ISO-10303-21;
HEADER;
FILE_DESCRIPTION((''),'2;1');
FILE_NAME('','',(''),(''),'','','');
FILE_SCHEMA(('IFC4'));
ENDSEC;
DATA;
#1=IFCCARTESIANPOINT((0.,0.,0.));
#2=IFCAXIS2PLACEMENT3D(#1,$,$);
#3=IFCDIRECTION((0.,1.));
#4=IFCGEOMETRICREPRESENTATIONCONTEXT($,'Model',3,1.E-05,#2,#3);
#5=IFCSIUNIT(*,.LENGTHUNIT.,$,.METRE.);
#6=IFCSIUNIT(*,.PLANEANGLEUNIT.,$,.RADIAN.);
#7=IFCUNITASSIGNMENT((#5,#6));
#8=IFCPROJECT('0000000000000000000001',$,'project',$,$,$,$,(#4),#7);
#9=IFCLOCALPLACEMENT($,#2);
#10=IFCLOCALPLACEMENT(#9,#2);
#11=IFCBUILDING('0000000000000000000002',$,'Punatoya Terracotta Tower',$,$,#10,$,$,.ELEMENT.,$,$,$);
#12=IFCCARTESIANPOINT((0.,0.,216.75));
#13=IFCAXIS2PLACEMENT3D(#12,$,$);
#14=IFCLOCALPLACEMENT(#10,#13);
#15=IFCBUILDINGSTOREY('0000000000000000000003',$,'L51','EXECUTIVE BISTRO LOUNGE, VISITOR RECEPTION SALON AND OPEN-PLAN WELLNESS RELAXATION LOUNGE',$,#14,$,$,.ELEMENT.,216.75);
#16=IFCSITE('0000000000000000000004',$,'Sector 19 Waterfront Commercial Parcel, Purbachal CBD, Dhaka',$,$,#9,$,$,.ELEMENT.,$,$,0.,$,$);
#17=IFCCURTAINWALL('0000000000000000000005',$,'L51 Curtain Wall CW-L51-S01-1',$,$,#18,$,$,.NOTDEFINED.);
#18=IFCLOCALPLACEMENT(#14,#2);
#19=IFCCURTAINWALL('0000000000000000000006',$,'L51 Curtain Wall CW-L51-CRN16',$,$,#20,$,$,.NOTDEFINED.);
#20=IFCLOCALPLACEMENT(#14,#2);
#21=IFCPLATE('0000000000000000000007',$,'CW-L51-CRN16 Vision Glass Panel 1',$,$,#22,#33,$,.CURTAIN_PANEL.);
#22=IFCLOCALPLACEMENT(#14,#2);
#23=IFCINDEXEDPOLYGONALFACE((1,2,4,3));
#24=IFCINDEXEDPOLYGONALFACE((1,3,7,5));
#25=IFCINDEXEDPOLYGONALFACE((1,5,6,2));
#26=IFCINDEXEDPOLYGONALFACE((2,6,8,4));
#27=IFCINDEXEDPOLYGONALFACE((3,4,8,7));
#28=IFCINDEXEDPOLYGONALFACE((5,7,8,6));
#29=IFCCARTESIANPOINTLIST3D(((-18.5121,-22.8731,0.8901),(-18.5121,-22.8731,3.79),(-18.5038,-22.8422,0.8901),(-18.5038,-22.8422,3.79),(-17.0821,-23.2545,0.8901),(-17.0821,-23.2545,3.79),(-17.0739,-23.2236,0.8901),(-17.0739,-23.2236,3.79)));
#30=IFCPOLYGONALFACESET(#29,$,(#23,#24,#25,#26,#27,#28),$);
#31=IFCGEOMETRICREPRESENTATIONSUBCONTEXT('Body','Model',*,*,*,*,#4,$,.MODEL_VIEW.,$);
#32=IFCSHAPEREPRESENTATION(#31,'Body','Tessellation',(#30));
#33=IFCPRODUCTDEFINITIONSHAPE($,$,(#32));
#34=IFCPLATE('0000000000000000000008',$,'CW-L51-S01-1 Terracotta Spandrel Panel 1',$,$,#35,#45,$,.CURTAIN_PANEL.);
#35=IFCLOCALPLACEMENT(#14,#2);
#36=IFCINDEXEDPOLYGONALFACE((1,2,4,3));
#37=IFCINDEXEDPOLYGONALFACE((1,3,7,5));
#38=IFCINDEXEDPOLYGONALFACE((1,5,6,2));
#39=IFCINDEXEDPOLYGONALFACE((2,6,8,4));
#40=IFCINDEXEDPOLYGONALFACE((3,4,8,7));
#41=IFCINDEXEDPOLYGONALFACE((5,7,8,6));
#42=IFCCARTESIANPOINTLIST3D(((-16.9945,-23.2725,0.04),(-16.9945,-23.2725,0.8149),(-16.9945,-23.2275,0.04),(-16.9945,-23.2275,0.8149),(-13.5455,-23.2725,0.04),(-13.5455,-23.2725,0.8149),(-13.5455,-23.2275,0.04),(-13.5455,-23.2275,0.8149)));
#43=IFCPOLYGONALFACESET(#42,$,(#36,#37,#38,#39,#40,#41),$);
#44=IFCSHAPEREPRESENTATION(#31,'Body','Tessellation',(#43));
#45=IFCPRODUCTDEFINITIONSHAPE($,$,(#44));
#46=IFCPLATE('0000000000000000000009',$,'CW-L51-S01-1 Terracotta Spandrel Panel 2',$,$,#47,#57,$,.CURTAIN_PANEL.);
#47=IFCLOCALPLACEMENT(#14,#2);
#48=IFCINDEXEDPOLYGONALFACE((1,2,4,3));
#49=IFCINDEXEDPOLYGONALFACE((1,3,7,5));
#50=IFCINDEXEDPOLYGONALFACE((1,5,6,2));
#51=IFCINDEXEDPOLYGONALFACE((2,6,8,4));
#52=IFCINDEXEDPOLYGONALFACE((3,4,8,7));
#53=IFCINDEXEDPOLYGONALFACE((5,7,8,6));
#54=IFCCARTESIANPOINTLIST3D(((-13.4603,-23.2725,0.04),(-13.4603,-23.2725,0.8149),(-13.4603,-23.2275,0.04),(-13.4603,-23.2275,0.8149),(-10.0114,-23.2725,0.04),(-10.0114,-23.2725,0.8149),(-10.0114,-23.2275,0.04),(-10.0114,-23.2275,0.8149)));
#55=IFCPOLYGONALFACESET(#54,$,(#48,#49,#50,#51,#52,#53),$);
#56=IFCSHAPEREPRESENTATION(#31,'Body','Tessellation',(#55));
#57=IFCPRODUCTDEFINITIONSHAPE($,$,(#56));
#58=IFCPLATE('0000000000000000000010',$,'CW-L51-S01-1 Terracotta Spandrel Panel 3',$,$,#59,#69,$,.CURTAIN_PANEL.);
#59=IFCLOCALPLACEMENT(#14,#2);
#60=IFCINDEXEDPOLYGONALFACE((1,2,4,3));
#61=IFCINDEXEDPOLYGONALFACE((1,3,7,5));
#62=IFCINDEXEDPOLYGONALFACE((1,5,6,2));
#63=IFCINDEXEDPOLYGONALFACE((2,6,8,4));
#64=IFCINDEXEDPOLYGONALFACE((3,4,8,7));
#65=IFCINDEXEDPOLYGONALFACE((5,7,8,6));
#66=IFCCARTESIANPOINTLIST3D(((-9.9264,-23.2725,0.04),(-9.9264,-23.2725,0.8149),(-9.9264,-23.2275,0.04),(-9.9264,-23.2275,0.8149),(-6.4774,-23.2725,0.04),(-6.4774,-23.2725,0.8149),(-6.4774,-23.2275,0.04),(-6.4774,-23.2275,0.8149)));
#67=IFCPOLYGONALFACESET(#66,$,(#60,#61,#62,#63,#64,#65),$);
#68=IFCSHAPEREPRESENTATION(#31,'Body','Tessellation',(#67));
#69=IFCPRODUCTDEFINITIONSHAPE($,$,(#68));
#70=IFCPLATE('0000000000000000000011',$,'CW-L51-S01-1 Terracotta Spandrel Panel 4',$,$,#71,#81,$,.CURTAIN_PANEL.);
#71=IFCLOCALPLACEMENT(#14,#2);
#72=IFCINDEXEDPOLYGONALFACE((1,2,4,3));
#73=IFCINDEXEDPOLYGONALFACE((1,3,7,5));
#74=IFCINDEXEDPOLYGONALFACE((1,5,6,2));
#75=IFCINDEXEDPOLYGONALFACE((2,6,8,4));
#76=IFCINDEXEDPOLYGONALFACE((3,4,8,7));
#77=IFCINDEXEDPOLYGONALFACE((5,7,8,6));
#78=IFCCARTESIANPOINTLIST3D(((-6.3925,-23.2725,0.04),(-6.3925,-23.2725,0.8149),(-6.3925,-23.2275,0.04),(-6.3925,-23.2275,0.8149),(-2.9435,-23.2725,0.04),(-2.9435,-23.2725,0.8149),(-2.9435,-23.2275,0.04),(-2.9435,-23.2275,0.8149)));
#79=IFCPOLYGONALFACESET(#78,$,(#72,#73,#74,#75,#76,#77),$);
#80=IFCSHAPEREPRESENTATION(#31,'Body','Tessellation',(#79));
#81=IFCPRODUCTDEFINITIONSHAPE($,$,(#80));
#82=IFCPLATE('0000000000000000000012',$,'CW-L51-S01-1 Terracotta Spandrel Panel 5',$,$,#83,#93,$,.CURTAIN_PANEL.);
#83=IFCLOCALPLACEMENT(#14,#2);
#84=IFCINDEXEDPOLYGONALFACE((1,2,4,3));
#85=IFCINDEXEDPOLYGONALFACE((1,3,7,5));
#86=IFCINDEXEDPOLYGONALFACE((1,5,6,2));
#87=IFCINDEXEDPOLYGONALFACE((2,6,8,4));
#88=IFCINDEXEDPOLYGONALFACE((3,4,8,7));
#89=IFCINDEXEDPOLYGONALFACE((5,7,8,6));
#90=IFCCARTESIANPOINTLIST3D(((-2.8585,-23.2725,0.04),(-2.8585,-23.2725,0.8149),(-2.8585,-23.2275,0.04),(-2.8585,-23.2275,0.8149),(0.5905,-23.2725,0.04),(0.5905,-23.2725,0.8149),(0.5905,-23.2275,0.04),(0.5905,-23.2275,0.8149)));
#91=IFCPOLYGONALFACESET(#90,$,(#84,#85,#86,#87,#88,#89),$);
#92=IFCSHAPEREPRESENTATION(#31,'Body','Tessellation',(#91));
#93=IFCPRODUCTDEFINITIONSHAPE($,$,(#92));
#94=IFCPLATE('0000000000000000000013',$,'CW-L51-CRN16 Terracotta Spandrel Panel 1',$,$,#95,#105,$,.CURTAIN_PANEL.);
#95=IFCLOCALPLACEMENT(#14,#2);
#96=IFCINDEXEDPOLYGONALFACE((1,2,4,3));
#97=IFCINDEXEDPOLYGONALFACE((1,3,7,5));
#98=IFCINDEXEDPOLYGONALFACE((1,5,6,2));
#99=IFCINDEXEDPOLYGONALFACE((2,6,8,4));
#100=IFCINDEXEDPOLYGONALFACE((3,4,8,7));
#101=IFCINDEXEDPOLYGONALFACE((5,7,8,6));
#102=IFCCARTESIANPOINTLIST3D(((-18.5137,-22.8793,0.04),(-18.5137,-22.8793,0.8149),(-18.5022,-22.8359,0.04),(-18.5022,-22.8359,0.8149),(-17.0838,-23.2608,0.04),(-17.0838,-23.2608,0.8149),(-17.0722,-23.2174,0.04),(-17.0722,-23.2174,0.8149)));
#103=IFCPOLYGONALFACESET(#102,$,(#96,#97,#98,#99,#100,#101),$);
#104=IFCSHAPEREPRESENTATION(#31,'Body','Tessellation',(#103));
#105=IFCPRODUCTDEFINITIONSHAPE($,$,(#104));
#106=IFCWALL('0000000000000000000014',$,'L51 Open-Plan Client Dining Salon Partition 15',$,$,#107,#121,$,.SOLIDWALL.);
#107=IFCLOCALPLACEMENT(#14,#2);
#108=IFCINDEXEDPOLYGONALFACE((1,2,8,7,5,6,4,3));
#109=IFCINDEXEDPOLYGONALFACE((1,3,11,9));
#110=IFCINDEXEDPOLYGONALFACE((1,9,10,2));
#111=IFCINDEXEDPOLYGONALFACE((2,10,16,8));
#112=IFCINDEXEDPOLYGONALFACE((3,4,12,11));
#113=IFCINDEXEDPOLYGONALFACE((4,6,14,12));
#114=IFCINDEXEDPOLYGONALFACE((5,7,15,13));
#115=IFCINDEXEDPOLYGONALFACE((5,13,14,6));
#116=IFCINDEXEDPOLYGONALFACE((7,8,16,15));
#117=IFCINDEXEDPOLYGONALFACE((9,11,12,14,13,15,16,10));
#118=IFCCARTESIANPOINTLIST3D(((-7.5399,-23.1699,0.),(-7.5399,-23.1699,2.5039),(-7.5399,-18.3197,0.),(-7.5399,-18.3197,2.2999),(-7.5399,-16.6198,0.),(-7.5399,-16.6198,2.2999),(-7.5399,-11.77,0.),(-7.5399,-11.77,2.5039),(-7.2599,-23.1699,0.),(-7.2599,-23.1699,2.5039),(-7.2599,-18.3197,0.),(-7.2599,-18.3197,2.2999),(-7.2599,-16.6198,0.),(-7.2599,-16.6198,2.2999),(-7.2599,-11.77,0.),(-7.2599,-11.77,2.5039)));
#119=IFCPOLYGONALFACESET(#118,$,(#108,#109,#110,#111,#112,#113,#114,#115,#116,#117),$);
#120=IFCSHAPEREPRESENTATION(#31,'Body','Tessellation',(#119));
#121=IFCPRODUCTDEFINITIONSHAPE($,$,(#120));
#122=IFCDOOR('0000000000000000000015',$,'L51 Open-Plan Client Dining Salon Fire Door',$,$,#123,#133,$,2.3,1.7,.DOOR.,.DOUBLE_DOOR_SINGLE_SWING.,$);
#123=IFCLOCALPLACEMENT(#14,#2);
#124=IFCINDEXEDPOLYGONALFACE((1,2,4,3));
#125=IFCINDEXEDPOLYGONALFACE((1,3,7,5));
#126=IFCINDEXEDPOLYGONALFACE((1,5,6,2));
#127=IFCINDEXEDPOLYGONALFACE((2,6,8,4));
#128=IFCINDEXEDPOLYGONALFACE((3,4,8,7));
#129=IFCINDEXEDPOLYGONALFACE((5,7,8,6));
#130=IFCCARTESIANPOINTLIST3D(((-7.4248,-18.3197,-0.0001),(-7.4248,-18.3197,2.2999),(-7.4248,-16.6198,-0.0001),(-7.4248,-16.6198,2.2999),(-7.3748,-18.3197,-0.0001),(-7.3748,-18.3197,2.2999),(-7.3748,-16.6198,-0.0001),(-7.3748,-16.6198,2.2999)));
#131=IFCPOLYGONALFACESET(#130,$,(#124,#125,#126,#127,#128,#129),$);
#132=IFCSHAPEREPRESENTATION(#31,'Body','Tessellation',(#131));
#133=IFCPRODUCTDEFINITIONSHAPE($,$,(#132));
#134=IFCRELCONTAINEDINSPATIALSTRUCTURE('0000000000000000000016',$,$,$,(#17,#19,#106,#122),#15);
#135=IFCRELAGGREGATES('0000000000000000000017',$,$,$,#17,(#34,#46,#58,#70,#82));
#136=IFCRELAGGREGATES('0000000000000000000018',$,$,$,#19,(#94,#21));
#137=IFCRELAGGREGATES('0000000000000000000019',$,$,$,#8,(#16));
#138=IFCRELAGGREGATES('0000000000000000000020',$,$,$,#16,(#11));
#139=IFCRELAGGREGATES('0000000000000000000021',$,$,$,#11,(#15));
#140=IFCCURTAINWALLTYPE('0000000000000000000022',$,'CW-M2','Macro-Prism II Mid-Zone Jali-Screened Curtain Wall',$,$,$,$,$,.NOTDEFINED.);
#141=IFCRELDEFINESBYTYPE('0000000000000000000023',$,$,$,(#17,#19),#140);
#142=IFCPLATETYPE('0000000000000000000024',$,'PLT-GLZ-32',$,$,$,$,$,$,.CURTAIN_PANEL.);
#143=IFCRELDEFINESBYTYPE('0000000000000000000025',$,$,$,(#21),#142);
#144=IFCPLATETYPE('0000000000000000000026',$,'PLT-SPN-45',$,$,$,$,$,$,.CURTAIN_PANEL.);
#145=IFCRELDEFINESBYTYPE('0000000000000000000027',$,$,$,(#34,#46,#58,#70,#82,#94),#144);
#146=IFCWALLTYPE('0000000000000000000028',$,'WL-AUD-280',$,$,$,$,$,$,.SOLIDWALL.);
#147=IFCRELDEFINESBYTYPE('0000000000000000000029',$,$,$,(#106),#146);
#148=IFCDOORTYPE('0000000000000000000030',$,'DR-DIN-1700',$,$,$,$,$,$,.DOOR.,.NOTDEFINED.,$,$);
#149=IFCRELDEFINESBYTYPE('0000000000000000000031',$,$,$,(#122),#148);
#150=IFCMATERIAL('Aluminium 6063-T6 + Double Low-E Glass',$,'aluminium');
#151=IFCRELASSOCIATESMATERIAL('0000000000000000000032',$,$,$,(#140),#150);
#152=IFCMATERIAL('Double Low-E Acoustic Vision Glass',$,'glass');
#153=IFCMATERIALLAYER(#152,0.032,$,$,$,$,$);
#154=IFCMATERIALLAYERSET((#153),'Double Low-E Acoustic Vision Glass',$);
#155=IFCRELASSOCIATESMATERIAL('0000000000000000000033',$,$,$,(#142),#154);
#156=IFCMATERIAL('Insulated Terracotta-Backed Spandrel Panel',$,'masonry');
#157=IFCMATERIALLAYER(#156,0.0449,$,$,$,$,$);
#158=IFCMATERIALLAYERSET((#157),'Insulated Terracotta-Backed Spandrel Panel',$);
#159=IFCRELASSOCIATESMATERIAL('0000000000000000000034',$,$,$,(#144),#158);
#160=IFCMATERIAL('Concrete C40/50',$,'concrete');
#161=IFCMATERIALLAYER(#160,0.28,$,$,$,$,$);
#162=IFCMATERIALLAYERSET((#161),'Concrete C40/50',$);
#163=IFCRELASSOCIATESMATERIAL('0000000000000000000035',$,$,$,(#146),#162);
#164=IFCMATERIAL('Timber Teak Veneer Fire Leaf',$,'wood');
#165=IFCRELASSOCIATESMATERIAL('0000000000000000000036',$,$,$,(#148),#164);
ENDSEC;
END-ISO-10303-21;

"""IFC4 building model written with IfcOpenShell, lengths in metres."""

from ifc_helpers import new_model, si_unit, direction, frame, frame_2d, origin, origin_2d, place, context, subcontext, project, spatial, rectangle, extrude, material, layer, layer_set, type_object, element, fill, aggregate, save


model = new_model("IFC4")

# Units and contexts
model_context = context("Model", 3, precision=1e-05, world=origin(), true_north=direction((0.0, 1.0)))
body_context = subcontext(model_context, "Body", "Model", "MODEL_VIEW")
ifc_project = project(units=[si_unit("LENGTHUNIT", "METRE"), si_unit("PLANEANGLEUNIT", "RADIAN")], contexts=[model_context])

# Site, building, storey
site_placement = place(None, origin())
site = spatial("IfcSite", under=ifc_project, at=site_placement, Name="Sector 19 Waterfront Commercial Parcel, Purbachal CBD, Dhaka", CompositionType="ELEMENT", RefElevation=0.0)
building_placement = place(site_placement, origin())
building = spatial("IfcBuilding", under=site, at=building_placement, Name="Punatoya Terracotta Tower", CompositionType="ELEMENT")
storey_placement = place(building_placement, frame((0.0, 0.0, 216.75)))
storey = spatial("IfcBuildingStorey", under=building, at=storey_placement, Name="L51", Description="EXECUTIVE BISTRO LOUNGE, VISITOR RECEPTION SALON AND OPEN-PLAN WELLNESS RELAXATION LOUNGE", CompositionType="ELEMENT", Elevation=216.75)

# Curtain wall
ifc_material_1 = material(Name="Aluminium 6063-T6 + Double Low-E Glass", Category="aluminium")
curtain_wall_type = type_object("IfcCurtainWallType", Name="CW-M2", Description="Macro-Prism II Mid-Zone Jali-Screened Curtain Wall", PredefinedType="NOTDEFINED", material=ifc_material_1)
curtain_wall_1_placement = place(storey_placement, origin())
curtain_wall_1 = element("IfcCurtainWall", 1, at=curtain_wall_1_placement, inside=storey, type_object=curtain_wall_type, Name="L51 Curtain Wall CW-L51-S01-1", PredefinedType="NOTDEFINED")

# Curtain wall
curtain_wall_2_placement = place(storey_placement, origin())
curtain_wall_2 = element("IfcCurtainWall", 2, at=curtain_wall_2_placement, inside=storey, type_object=curtain_wall_type, Name="L51 Curtain Wall CW-L51-CRN16", PredefinedType="NOTDEFINED")

# Plates
ifc_material_2 = material(Name="Double Low-E Acoustic Vision Glass", Category="glass")
ifc_layer_1 = layer(ifc_material_2, 0.032)
ifc_layer_set_1 = layer_set([ifc_layer_1], Name="Double Low-E Acoustic Vision Glass")
plate_type_1 = type_object("IfcPlateType", Name="PLT-GLZ-32", PredefinedType="CURTAIN_PANEL", material=ifc_layer_set_1)
plate_1_placement = place(storey_placement, frame((-17.793, -23.0483, 0.8901), z_axis=(0.0, 0.0, 1.0), x_axis=(0.966214, -0.257742, 0.0)))
plate_1 = element("IfcPlate", 3, at=plate_1_placement, type_object=plate_type_1, Name="CW-L51-CRN16 Vision Glass Panel 1", PredefinedType="CURTAIN_PANEL", context=body_context, shape_type="SweptSolid", body=[
    extrude(rectangle(XDim=1.48, YDim=0.032, at=origin_2d()), origin(), (0.0, 0.0, 1.0), 2.8999),
])
ifc_material_3 = material(Name="Insulated Terracotta-Backed Spandrel Panel", Category="masonry")
ifc_layer_2 = layer(ifc_material_3, 0.0449)
ifc_layer_set_2 = layer_set([ifc_layer_2], Name="Insulated Terracotta-Backed Spandrel Panel")
plate_type_2 = type_object("IfcPlateType", Name="PLT-SPN-45", PredefinedType="CURTAIN_PANEL", material=ifc_layer_set_2)
plate_2_placement = place(storey_placement, frame((-15.27, -23.25, 0.04), z_axis=(0.0, 0.0, 1.0), x_axis=(1.0, 0.0, 0.0)))
plate_2 = element("IfcPlate", 4, at=plate_2_placement, type_object=plate_type_2, Name="CW-L51-S01-1 Terracotta Spandrel Panel 1", PredefinedType="CURTAIN_PANEL", context=body_context, shape_type="SweptSolid", body=[
    extrude(rectangle(XDim=3.449, YDim=0.0449, at=origin_2d()), origin(), (0.0, 0.0, 1.0), 0.7749),
])
plate_3_placement = place(storey_placement, frame((-11.7358, -23.25, 0.04), z_axis=(0.0, 0.0, 1.0), x_axis=(1.0, 0.0, 0.0)))
plate_3 = element("IfcPlate", 5, at=plate_3_placement, type_object=plate_type_2, Name="CW-L51-S01-1 Terracotta Spandrel Panel 2", PredefinedType="CURTAIN_PANEL", context=body_context, shape_type="SweptSolid", body=[
    extrude(rectangle(XDim=3.449, YDim=0.0449, at=origin_2d()), origin(), (0.0, 0.0, 1.0), 0.7749),
])
plate_4_placement = place(storey_placement, frame((-8.2019, -23.25, 0.04), z_axis=(0.0, 0.0, 1.0), x_axis=(1.0, 0.0, 0.0)))
plate_4 = element("IfcPlate", 6, at=plate_4_placement, type_object=plate_type_2, Name="CW-L51-S01-1 Terracotta Spandrel Panel 3", PredefinedType="CURTAIN_PANEL", context=body_context, shape_type="SweptSolid", body=[
    extrude(rectangle(XDim=3.449, YDim=0.0449, at=origin_2d()), origin(), (0.0, 0.0, 1.0), 0.7749),
])
plate_5_placement = place(storey_placement, frame((-4.668, -23.25, 0.04), z_axis=(0.0, 0.0, 1.0), x_axis=(1.0, 0.0, 0.0)))
plate_5 = element("IfcPlate", 7, at=plate_5_placement, type_object=plate_type_2, Name="CW-L51-S01-1 Terracotta Spandrel Panel 4", PredefinedType="CURTAIN_PANEL", context=body_context, shape_type="SweptSolid", body=[
    extrude(rectangle(XDim=3.449, YDim=0.0449, at=origin_2d()), origin(), (0.0, 0.0, 1.0), 0.7749),
])
plate_6_placement = place(storey_placement, frame((-1.134, -23.25, 0.04), z_axis=(0.0, 0.0, 1.0), x_axis=(1.0, 0.0, 0.0)))
plate_6 = element("IfcPlate", 8, at=plate_6_placement, type_object=plate_type_2, Name="CW-L51-S01-1 Terracotta Spandrel Panel 5", PredefinedType="CURTAIN_PANEL", context=body_context, shape_type="SweptSolid", body=[
    extrude(rectangle(XDim=3.449, YDim=0.0449, at=origin_2d()), origin(), (0.0, 0.0, 1.0), 0.7749),
])
aggregate(curtain_wall_1, [plate_2, plate_3, plate_4, plate_5, plate_6])
plate_7_placement = place(storey_placement, frame((-17.793, -23.0483, 0.04), z_axis=(0.0, 0.0, 1.0), x_axis=(0.966214, -0.257742, 0.0)))
plate_7 = element("IfcPlate", 9, at=plate_7_placement, type_object=plate_type_2, Name="CW-L51-CRN16 Terracotta Spandrel Panel 1", PredefinedType="CURTAIN_PANEL", context=body_context, shape_type="SweptSolid", body=[
    extrude(rectangle(XDim=1.48, YDim=0.0449, at=origin_2d()), origin(), (0.0, 0.0, 1.0), 0.7749),
])
aggregate(curtain_wall_2, [plate_7, plate_1])

# Wall, opening, door
ifc_material_4 = material(Name="Concrete C40/50", Category="concrete")
ifc_layer_3 = layer(ifc_material_4, 0.28)
ifc_layer_set_3 = layer_set([ifc_layer_3], Name="Concrete C40/50")
wall_type = type_object("IfcWallType", Name="WL-AUD-280", PredefinedType="SOLIDWALL", material=ifc_layer_set_3)
wall_placement = place(storey_placement, frame((-7.3999, -23.1699, 0.0), z_axis=(0.0, 0.0, 1.0), x_axis=(0.0, 1.0, 0.0)))
wall = element("IfcWall", 10, at=wall_placement, inside=storey, type_object=wall_type, Name="L51 Open-Plan Client Dining Salon Partition 15", PredefinedType="SOLIDWALL", context=body_context, shape_type="SweptSolid", body=[
    extrude(rectangle(XDim=11.3999, YDim=0.28, at=frame_2d((5.7, 0.0))), origin(), (0.0, 0.0, 1.0), 2.5039),
])
opening_placement = place(wall_placement, frame((4.8501, 0.0, 0.0)))
opening = element("IfcOpeningElement", 11, at=opening_placement, cuts=wall, PredefinedType="OPENING", context=body_context, shape_type="SweptSolid", body=[
    extrude(rectangle(XDim=1.7, YDim=2.3, at=frame_2d((0.8501, 1.1499))), frame((0.0, 0.1499, 0.0), z_axis=(0.0, -1.0, 0.0), x_axis=(1.0, 0.0, 0.0)), (0.0, 0.0, 1.0), 0.3),
])
ifc_material_5 = material(Name="Timber Teak Veneer Fire Leaf", Category="wood")
door_type = type_object("IfcDoorType", Name="DR-DIN-1700", OperationType="NOTDEFINED", PredefinedType="DOOR", material=ifc_material_5)
door_placement = place(opening_placement, origin())
door = element("IfcDoor", 12, at=door_placement, inside=storey, type_object=door_type, Name="L51 Open-Plan Client Dining Salon Fire Door", OperationType="DOUBLE_DOOR_SINGLE_SWING", OverallHeight=2.3, OverallWidth=1.7, PredefinedType="DOOR", context=body_context, shape_type="SweptSolid", body=[
    extrude(rectangle(XDim=1.7, YDim=2.3, at=frame_2d((0.8501, 1.1499))), frame((0.0, 0.0249, 0.0), z_axis=(0.0, -1.0, 0.0), x_axis=(1.0, 0.0, 0.0)), (0.0, 0.0, 1.0), 0.05),
])
fill(opening, door)

save(model, "model.ifc")
